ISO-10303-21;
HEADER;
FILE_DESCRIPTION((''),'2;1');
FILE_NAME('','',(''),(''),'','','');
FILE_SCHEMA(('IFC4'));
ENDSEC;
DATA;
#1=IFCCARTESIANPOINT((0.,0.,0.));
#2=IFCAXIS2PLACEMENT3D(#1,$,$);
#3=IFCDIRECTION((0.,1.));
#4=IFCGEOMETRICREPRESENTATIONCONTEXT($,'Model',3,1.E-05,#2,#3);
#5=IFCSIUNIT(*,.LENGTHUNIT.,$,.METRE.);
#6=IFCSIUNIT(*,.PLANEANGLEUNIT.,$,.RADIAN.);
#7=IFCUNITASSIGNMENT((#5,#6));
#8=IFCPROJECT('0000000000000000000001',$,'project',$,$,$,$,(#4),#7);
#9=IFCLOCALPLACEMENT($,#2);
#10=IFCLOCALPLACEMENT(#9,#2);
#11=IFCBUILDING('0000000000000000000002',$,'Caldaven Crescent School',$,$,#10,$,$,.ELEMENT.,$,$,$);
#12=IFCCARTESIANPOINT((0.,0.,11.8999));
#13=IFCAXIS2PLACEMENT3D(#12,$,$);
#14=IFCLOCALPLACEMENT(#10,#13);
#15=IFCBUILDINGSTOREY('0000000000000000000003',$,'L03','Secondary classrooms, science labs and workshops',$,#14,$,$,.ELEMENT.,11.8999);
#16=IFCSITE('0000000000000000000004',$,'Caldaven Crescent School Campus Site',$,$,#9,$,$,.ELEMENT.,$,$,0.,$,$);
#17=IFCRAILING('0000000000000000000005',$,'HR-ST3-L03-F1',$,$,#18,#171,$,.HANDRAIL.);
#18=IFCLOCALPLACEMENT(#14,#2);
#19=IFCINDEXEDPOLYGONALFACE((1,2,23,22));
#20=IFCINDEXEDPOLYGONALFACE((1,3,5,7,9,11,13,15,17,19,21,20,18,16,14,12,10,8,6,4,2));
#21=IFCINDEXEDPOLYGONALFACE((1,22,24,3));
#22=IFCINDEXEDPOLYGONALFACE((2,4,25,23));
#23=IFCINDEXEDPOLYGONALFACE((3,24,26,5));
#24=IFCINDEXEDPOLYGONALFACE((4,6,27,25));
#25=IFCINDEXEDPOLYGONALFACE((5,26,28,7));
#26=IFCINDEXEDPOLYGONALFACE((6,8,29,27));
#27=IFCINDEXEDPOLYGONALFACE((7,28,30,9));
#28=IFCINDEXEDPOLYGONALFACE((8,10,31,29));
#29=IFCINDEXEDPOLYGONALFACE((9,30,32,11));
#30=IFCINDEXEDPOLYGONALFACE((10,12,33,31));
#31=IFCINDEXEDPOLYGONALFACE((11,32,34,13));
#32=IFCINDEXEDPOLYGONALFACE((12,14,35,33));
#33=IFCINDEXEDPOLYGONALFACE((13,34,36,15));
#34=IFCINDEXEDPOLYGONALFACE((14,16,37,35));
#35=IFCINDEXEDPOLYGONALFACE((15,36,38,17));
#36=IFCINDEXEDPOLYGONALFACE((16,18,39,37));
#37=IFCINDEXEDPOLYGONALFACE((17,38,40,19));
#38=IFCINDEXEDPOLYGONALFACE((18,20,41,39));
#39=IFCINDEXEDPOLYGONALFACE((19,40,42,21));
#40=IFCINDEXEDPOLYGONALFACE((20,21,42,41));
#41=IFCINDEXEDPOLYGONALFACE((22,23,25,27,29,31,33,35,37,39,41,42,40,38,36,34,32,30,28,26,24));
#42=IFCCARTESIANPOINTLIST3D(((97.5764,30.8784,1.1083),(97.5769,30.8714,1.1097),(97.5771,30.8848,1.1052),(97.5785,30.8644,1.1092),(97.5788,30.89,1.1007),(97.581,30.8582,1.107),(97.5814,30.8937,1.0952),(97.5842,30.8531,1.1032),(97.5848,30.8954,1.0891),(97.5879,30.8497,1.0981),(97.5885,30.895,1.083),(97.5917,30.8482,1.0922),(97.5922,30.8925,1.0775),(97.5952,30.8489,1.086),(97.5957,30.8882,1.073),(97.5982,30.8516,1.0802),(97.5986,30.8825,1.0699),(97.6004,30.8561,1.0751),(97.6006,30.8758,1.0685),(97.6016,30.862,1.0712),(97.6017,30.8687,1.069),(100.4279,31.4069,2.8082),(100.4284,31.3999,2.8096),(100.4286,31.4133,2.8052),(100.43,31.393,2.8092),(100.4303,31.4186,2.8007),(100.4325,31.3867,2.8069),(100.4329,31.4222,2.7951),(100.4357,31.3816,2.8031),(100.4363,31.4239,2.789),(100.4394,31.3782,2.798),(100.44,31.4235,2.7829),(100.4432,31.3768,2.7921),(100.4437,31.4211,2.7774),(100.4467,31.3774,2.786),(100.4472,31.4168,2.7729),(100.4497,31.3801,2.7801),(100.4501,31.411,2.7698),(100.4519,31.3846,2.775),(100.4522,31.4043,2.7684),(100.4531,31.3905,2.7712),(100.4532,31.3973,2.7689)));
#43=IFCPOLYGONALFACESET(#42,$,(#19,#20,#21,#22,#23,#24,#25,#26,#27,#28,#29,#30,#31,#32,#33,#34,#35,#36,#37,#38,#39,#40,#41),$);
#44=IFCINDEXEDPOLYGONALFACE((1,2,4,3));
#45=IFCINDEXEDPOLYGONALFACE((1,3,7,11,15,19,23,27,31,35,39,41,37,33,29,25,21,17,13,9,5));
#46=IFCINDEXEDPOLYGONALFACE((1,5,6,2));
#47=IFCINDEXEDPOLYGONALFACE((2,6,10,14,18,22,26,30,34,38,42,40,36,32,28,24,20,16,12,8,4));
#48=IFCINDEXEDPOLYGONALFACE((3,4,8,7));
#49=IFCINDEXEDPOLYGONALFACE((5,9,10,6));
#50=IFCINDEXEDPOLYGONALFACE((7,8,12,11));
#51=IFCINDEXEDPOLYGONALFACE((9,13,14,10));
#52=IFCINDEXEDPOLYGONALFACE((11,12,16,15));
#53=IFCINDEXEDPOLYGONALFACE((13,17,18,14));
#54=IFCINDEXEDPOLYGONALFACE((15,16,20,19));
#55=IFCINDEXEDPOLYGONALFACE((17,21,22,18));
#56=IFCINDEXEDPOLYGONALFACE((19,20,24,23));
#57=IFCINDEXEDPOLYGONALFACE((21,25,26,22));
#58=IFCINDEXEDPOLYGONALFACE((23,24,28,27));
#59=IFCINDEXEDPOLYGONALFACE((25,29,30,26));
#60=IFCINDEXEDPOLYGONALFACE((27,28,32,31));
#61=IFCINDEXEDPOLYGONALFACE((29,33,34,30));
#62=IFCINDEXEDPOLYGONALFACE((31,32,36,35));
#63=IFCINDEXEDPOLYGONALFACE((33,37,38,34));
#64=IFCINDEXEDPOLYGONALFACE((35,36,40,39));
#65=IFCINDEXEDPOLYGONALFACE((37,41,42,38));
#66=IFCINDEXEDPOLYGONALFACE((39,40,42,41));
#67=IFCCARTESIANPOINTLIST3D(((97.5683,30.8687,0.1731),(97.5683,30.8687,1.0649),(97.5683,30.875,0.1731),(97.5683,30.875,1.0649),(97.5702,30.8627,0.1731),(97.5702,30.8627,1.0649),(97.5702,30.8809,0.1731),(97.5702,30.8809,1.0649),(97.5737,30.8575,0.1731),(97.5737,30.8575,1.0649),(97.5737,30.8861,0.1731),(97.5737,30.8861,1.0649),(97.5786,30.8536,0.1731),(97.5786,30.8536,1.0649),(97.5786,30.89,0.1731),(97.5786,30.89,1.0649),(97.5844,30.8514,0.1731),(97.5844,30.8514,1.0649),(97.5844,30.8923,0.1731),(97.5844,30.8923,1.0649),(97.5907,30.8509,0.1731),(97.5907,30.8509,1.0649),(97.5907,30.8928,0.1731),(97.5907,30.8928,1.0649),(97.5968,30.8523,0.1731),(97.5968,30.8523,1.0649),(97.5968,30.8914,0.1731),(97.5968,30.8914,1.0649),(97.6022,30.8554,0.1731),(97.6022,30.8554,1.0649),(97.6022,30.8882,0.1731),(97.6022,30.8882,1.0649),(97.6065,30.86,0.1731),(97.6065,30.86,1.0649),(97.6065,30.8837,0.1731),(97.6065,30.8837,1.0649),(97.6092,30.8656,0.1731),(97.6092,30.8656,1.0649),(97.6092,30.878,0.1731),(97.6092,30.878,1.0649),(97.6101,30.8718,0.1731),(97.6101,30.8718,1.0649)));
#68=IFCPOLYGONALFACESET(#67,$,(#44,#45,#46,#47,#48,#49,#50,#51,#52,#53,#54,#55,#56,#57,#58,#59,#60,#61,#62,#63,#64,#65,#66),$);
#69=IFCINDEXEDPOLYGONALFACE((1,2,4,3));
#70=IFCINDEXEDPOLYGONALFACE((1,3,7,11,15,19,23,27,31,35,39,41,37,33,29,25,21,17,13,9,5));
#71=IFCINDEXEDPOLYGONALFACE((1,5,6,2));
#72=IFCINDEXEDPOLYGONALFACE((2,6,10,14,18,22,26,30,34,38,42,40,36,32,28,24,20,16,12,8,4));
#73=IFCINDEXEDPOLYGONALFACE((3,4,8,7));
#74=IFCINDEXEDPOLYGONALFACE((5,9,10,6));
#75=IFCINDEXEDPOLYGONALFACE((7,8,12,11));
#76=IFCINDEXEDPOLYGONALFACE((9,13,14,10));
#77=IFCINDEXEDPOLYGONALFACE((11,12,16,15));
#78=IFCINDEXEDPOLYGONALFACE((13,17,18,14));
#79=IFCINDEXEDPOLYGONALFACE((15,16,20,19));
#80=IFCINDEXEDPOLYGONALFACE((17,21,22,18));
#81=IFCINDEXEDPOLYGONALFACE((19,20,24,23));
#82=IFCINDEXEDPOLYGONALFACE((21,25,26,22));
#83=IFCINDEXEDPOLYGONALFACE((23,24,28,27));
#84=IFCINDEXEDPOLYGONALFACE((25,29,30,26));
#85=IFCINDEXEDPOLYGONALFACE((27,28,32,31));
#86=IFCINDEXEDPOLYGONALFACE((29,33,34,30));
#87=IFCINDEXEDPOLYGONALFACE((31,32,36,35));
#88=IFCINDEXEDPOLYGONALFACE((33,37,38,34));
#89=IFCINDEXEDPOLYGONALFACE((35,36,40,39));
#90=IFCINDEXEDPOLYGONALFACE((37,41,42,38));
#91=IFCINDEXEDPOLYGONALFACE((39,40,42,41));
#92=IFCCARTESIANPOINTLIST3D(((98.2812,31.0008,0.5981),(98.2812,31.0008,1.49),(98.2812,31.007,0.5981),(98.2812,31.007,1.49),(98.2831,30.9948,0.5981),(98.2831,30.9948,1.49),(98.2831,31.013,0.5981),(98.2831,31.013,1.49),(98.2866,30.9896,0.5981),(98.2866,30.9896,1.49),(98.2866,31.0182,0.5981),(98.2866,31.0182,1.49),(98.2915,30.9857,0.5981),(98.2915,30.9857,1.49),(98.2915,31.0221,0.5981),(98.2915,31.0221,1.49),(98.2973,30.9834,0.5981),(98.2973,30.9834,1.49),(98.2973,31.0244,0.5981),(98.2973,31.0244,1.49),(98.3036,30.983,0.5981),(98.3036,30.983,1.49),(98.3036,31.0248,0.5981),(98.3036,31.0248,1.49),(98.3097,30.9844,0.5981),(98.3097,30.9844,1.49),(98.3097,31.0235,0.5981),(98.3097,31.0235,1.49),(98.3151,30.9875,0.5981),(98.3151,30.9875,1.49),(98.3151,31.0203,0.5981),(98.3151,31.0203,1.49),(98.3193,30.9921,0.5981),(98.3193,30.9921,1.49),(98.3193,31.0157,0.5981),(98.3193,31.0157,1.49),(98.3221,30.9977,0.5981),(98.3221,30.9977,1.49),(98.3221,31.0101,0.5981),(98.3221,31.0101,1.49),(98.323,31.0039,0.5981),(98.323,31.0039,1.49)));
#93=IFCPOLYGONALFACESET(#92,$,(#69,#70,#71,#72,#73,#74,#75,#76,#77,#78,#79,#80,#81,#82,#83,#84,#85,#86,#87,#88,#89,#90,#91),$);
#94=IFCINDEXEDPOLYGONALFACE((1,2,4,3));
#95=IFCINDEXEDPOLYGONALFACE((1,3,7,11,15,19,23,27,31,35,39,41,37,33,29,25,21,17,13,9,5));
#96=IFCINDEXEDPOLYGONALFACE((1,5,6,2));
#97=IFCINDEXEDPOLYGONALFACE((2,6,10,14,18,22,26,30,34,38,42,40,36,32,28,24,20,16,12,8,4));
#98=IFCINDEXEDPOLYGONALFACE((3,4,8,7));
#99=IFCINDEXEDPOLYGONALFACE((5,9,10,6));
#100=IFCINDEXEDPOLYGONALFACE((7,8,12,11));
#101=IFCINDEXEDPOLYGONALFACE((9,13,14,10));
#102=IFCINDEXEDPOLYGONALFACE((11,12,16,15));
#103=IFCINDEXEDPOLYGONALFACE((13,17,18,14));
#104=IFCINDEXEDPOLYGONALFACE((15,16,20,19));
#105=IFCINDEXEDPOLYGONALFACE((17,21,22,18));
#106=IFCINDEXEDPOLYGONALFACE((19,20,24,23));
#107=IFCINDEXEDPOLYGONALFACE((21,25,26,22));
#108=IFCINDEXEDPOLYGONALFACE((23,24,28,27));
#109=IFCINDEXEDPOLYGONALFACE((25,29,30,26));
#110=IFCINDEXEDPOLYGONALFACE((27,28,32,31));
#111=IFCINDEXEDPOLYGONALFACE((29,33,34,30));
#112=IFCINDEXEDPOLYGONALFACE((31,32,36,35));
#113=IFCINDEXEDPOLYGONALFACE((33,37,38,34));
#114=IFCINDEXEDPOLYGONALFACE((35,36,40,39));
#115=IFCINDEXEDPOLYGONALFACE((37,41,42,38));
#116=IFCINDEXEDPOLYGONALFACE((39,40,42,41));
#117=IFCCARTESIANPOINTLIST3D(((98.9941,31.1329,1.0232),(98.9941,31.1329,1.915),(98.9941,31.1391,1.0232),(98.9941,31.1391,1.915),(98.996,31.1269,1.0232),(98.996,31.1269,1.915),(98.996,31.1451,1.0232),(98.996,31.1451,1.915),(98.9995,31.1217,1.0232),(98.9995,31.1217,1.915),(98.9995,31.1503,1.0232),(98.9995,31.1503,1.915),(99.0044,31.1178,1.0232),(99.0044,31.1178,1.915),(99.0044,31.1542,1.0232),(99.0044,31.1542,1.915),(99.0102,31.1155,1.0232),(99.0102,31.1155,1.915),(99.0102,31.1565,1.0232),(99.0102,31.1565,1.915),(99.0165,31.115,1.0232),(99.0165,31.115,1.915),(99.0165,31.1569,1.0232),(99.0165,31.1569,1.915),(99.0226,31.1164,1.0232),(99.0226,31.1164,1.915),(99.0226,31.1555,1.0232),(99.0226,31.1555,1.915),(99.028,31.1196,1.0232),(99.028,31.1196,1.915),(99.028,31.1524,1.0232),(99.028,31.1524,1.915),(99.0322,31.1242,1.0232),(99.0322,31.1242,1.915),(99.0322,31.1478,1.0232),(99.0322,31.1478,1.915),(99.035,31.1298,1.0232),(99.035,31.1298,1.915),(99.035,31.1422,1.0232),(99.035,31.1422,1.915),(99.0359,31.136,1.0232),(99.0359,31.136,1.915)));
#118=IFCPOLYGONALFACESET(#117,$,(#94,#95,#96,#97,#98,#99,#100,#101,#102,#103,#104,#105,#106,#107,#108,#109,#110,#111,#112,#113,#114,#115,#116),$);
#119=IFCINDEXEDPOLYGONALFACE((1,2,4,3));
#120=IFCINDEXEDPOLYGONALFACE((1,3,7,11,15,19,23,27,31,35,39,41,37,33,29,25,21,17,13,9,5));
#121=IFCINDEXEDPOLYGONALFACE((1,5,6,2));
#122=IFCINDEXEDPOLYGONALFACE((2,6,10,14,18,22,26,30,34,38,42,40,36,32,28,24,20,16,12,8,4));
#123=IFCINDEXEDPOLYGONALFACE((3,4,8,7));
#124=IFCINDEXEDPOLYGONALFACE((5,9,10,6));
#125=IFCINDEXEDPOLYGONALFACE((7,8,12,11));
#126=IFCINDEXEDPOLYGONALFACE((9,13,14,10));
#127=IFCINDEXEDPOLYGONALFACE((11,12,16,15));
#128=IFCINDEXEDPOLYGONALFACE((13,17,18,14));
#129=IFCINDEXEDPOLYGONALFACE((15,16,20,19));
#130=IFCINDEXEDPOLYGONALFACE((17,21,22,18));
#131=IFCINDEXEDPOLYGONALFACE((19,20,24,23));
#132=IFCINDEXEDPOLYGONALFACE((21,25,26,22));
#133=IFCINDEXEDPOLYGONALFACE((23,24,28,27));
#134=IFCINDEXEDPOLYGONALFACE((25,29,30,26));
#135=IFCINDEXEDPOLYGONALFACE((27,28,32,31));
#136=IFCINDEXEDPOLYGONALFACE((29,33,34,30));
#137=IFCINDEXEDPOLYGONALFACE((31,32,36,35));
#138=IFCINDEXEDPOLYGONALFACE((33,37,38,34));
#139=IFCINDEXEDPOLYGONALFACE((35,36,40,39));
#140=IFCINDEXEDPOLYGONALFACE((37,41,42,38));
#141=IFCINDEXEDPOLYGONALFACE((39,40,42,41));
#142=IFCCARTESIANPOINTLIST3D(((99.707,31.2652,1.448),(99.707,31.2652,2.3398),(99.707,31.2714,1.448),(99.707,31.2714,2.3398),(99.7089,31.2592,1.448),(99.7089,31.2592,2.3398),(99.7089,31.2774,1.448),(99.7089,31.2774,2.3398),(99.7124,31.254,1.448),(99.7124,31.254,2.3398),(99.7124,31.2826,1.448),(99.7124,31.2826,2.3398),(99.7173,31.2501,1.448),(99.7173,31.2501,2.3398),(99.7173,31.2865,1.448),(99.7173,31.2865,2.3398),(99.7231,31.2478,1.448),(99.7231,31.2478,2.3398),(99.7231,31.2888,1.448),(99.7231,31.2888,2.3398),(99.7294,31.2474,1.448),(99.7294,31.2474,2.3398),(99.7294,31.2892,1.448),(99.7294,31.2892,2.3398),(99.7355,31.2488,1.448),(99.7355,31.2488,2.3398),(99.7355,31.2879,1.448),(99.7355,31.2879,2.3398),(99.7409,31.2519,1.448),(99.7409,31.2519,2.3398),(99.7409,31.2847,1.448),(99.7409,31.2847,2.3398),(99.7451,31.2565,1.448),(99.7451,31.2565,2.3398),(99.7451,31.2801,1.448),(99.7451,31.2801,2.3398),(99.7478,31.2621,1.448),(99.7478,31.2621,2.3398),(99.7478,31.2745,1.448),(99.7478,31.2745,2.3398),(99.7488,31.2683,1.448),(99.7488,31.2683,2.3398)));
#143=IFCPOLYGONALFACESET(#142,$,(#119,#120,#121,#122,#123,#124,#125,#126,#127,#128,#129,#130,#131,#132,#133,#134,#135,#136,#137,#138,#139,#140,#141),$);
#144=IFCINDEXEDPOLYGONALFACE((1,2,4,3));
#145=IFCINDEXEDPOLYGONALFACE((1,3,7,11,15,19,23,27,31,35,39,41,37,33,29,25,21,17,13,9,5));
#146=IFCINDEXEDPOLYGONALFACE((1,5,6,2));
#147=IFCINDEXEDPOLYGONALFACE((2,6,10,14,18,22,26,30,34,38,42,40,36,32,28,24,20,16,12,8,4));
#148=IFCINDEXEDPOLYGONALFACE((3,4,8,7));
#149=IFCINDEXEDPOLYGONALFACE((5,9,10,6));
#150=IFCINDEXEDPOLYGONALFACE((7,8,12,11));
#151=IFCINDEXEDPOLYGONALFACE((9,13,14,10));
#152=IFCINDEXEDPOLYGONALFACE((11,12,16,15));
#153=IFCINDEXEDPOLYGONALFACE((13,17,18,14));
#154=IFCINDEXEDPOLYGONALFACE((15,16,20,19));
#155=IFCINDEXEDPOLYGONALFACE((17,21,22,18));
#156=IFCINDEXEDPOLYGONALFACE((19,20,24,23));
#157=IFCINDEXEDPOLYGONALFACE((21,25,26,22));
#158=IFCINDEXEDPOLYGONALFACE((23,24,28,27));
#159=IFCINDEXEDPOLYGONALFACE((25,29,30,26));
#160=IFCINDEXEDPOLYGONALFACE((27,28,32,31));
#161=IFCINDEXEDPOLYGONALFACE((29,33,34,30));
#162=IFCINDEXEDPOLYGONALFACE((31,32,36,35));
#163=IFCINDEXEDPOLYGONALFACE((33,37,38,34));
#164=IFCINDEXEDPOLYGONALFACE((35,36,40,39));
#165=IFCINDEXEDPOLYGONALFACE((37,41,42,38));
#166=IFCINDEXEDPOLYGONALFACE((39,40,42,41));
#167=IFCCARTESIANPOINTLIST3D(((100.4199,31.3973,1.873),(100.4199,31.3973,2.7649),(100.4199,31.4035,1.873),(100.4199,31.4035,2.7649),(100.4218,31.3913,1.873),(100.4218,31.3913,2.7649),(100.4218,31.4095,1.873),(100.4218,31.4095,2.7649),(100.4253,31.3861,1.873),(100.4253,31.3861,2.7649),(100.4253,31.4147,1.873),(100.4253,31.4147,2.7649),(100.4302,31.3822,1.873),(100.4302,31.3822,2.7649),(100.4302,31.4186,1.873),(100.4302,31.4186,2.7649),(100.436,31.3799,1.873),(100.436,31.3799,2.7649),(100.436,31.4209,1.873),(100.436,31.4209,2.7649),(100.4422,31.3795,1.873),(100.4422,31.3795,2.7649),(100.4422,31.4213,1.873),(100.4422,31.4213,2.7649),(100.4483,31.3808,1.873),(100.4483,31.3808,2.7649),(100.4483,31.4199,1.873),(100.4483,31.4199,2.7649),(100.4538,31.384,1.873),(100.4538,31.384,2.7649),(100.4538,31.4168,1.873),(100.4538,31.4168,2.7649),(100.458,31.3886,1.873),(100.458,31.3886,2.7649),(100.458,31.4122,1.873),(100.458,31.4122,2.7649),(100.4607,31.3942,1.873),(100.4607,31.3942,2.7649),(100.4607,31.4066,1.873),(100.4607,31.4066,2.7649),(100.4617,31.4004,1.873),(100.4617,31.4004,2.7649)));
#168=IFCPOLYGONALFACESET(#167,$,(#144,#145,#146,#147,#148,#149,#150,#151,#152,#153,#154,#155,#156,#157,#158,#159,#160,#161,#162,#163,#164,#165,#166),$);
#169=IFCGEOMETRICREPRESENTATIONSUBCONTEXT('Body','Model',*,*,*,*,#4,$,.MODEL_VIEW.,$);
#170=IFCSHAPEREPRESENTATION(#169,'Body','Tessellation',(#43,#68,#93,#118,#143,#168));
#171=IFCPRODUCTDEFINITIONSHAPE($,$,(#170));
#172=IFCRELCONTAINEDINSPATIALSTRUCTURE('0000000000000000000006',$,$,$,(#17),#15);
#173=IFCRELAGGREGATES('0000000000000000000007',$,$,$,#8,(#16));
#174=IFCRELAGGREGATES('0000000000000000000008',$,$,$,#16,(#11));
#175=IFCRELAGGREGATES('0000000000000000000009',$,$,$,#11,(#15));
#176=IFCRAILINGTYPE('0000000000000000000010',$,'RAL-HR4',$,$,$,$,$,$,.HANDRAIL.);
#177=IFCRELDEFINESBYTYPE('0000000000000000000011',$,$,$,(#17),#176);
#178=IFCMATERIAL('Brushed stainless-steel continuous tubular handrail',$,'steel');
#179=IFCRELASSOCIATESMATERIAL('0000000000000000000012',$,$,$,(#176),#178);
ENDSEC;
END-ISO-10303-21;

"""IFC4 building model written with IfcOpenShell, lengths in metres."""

from ifc_helpers import new_model, si_unit, direction, frame, origin, origin_2d, place, context, subcontext, project, spatial, circle, extrude, material, type_object, element, save


model = new_model("IFC4")

# Units and contexts
model_context = context("Model", 3, precision=1e-05, world=origin(), true_north=direction((0.0, 1.0)))
body_context = subcontext(model_context, "Body", "Model", "MODEL_VIEW")
ifc_project = project(units=[si_unit("LENGTHUNIT", "METRE"), si_unit("PLANEANGLEUNIT", "RADIAN")], contexts=[model_context])

# Site, building, storey
site_placement = place(None, origin())
site = spatial("IfcSite", under=ifc_project, at=site_placement, Name="Caldaven Crescent School Campus Site", CompositionType="ELEMENT", RefElevation=0.0)
building_placement = place(site_placement, origin())
building = spatial("IfcBuilding", under=site, at=building_placement, Name="Caldaven Crescent School", CompositionType="ELEMENT")
storey_placement = place(building_placement, frame((0.0, 0.0, 11.8999)))
storey = spatial("IfcBuildingStorey", under=building, at=storey_placement, Name="L03", Description="Secondary classrooms, science labs and workshops", CompositionType="ELEMENT", Elevation=11.8999)

# Railing
ifc_material_1 = material(Name="Brushed stainless-steel continuous tubular handrail", Category="steel")
railing_type_1 = type_object("IfcRailingType", Name="RAL-HR4", PredefinedType="HANDRAIL", material=ifc_material_1)
railing_1_placement = place(storey_placement, frame((97.5891, 30.8718, 0.1731)))
element("IfcRailing", 1, at=railing_1_placement, inside=storey, type_object=railing_type_1, Name="HR-ST3-L03-F1", PredefinedType="HANDRAIL", context=body_context, shape_type="SweptSolid", body=[
    extrude(circle(Radius=0.0239, at=origin_2d()), frame((0.0, 0.0, 0.916), z_axis=(0.848265, 0.157234, 0.505691), x_axis=(-0.182255, 0.983251, 0.0)), (0.0, 0.0, 1.0), 3.3616),
    extrude(circle(Radius=0.021, at=origin_2d()), origin(), (0.0, 0.0, 1.0), 0.8918),
    extrude(circle(Radius=0.021, at=origin_2d()), frame((0.7129, 0.1321, 0.425)), (0.0, 0.0, 1.0), 0.8918),
    extrude(circle(Radius=0.021, at=origin_2d()), frame((1.4258, 0.2642, 0.8501)), (0.0, 0.0, 1.0), 0.8918),
    extrude(circle(Radius=0.021, at=origin_2d()), frame((2.1387, 0.3965, 1.2749)), (0.0, 0.0, 1.0), 0.8918),
    extrude(circle(Radius=0.021, at=origin_2d()), frame((2.8516, 0.5286, 1.7)), (0.0, 0.0, 1.0), 0.8918),
])

save(model, "model.ifc")
